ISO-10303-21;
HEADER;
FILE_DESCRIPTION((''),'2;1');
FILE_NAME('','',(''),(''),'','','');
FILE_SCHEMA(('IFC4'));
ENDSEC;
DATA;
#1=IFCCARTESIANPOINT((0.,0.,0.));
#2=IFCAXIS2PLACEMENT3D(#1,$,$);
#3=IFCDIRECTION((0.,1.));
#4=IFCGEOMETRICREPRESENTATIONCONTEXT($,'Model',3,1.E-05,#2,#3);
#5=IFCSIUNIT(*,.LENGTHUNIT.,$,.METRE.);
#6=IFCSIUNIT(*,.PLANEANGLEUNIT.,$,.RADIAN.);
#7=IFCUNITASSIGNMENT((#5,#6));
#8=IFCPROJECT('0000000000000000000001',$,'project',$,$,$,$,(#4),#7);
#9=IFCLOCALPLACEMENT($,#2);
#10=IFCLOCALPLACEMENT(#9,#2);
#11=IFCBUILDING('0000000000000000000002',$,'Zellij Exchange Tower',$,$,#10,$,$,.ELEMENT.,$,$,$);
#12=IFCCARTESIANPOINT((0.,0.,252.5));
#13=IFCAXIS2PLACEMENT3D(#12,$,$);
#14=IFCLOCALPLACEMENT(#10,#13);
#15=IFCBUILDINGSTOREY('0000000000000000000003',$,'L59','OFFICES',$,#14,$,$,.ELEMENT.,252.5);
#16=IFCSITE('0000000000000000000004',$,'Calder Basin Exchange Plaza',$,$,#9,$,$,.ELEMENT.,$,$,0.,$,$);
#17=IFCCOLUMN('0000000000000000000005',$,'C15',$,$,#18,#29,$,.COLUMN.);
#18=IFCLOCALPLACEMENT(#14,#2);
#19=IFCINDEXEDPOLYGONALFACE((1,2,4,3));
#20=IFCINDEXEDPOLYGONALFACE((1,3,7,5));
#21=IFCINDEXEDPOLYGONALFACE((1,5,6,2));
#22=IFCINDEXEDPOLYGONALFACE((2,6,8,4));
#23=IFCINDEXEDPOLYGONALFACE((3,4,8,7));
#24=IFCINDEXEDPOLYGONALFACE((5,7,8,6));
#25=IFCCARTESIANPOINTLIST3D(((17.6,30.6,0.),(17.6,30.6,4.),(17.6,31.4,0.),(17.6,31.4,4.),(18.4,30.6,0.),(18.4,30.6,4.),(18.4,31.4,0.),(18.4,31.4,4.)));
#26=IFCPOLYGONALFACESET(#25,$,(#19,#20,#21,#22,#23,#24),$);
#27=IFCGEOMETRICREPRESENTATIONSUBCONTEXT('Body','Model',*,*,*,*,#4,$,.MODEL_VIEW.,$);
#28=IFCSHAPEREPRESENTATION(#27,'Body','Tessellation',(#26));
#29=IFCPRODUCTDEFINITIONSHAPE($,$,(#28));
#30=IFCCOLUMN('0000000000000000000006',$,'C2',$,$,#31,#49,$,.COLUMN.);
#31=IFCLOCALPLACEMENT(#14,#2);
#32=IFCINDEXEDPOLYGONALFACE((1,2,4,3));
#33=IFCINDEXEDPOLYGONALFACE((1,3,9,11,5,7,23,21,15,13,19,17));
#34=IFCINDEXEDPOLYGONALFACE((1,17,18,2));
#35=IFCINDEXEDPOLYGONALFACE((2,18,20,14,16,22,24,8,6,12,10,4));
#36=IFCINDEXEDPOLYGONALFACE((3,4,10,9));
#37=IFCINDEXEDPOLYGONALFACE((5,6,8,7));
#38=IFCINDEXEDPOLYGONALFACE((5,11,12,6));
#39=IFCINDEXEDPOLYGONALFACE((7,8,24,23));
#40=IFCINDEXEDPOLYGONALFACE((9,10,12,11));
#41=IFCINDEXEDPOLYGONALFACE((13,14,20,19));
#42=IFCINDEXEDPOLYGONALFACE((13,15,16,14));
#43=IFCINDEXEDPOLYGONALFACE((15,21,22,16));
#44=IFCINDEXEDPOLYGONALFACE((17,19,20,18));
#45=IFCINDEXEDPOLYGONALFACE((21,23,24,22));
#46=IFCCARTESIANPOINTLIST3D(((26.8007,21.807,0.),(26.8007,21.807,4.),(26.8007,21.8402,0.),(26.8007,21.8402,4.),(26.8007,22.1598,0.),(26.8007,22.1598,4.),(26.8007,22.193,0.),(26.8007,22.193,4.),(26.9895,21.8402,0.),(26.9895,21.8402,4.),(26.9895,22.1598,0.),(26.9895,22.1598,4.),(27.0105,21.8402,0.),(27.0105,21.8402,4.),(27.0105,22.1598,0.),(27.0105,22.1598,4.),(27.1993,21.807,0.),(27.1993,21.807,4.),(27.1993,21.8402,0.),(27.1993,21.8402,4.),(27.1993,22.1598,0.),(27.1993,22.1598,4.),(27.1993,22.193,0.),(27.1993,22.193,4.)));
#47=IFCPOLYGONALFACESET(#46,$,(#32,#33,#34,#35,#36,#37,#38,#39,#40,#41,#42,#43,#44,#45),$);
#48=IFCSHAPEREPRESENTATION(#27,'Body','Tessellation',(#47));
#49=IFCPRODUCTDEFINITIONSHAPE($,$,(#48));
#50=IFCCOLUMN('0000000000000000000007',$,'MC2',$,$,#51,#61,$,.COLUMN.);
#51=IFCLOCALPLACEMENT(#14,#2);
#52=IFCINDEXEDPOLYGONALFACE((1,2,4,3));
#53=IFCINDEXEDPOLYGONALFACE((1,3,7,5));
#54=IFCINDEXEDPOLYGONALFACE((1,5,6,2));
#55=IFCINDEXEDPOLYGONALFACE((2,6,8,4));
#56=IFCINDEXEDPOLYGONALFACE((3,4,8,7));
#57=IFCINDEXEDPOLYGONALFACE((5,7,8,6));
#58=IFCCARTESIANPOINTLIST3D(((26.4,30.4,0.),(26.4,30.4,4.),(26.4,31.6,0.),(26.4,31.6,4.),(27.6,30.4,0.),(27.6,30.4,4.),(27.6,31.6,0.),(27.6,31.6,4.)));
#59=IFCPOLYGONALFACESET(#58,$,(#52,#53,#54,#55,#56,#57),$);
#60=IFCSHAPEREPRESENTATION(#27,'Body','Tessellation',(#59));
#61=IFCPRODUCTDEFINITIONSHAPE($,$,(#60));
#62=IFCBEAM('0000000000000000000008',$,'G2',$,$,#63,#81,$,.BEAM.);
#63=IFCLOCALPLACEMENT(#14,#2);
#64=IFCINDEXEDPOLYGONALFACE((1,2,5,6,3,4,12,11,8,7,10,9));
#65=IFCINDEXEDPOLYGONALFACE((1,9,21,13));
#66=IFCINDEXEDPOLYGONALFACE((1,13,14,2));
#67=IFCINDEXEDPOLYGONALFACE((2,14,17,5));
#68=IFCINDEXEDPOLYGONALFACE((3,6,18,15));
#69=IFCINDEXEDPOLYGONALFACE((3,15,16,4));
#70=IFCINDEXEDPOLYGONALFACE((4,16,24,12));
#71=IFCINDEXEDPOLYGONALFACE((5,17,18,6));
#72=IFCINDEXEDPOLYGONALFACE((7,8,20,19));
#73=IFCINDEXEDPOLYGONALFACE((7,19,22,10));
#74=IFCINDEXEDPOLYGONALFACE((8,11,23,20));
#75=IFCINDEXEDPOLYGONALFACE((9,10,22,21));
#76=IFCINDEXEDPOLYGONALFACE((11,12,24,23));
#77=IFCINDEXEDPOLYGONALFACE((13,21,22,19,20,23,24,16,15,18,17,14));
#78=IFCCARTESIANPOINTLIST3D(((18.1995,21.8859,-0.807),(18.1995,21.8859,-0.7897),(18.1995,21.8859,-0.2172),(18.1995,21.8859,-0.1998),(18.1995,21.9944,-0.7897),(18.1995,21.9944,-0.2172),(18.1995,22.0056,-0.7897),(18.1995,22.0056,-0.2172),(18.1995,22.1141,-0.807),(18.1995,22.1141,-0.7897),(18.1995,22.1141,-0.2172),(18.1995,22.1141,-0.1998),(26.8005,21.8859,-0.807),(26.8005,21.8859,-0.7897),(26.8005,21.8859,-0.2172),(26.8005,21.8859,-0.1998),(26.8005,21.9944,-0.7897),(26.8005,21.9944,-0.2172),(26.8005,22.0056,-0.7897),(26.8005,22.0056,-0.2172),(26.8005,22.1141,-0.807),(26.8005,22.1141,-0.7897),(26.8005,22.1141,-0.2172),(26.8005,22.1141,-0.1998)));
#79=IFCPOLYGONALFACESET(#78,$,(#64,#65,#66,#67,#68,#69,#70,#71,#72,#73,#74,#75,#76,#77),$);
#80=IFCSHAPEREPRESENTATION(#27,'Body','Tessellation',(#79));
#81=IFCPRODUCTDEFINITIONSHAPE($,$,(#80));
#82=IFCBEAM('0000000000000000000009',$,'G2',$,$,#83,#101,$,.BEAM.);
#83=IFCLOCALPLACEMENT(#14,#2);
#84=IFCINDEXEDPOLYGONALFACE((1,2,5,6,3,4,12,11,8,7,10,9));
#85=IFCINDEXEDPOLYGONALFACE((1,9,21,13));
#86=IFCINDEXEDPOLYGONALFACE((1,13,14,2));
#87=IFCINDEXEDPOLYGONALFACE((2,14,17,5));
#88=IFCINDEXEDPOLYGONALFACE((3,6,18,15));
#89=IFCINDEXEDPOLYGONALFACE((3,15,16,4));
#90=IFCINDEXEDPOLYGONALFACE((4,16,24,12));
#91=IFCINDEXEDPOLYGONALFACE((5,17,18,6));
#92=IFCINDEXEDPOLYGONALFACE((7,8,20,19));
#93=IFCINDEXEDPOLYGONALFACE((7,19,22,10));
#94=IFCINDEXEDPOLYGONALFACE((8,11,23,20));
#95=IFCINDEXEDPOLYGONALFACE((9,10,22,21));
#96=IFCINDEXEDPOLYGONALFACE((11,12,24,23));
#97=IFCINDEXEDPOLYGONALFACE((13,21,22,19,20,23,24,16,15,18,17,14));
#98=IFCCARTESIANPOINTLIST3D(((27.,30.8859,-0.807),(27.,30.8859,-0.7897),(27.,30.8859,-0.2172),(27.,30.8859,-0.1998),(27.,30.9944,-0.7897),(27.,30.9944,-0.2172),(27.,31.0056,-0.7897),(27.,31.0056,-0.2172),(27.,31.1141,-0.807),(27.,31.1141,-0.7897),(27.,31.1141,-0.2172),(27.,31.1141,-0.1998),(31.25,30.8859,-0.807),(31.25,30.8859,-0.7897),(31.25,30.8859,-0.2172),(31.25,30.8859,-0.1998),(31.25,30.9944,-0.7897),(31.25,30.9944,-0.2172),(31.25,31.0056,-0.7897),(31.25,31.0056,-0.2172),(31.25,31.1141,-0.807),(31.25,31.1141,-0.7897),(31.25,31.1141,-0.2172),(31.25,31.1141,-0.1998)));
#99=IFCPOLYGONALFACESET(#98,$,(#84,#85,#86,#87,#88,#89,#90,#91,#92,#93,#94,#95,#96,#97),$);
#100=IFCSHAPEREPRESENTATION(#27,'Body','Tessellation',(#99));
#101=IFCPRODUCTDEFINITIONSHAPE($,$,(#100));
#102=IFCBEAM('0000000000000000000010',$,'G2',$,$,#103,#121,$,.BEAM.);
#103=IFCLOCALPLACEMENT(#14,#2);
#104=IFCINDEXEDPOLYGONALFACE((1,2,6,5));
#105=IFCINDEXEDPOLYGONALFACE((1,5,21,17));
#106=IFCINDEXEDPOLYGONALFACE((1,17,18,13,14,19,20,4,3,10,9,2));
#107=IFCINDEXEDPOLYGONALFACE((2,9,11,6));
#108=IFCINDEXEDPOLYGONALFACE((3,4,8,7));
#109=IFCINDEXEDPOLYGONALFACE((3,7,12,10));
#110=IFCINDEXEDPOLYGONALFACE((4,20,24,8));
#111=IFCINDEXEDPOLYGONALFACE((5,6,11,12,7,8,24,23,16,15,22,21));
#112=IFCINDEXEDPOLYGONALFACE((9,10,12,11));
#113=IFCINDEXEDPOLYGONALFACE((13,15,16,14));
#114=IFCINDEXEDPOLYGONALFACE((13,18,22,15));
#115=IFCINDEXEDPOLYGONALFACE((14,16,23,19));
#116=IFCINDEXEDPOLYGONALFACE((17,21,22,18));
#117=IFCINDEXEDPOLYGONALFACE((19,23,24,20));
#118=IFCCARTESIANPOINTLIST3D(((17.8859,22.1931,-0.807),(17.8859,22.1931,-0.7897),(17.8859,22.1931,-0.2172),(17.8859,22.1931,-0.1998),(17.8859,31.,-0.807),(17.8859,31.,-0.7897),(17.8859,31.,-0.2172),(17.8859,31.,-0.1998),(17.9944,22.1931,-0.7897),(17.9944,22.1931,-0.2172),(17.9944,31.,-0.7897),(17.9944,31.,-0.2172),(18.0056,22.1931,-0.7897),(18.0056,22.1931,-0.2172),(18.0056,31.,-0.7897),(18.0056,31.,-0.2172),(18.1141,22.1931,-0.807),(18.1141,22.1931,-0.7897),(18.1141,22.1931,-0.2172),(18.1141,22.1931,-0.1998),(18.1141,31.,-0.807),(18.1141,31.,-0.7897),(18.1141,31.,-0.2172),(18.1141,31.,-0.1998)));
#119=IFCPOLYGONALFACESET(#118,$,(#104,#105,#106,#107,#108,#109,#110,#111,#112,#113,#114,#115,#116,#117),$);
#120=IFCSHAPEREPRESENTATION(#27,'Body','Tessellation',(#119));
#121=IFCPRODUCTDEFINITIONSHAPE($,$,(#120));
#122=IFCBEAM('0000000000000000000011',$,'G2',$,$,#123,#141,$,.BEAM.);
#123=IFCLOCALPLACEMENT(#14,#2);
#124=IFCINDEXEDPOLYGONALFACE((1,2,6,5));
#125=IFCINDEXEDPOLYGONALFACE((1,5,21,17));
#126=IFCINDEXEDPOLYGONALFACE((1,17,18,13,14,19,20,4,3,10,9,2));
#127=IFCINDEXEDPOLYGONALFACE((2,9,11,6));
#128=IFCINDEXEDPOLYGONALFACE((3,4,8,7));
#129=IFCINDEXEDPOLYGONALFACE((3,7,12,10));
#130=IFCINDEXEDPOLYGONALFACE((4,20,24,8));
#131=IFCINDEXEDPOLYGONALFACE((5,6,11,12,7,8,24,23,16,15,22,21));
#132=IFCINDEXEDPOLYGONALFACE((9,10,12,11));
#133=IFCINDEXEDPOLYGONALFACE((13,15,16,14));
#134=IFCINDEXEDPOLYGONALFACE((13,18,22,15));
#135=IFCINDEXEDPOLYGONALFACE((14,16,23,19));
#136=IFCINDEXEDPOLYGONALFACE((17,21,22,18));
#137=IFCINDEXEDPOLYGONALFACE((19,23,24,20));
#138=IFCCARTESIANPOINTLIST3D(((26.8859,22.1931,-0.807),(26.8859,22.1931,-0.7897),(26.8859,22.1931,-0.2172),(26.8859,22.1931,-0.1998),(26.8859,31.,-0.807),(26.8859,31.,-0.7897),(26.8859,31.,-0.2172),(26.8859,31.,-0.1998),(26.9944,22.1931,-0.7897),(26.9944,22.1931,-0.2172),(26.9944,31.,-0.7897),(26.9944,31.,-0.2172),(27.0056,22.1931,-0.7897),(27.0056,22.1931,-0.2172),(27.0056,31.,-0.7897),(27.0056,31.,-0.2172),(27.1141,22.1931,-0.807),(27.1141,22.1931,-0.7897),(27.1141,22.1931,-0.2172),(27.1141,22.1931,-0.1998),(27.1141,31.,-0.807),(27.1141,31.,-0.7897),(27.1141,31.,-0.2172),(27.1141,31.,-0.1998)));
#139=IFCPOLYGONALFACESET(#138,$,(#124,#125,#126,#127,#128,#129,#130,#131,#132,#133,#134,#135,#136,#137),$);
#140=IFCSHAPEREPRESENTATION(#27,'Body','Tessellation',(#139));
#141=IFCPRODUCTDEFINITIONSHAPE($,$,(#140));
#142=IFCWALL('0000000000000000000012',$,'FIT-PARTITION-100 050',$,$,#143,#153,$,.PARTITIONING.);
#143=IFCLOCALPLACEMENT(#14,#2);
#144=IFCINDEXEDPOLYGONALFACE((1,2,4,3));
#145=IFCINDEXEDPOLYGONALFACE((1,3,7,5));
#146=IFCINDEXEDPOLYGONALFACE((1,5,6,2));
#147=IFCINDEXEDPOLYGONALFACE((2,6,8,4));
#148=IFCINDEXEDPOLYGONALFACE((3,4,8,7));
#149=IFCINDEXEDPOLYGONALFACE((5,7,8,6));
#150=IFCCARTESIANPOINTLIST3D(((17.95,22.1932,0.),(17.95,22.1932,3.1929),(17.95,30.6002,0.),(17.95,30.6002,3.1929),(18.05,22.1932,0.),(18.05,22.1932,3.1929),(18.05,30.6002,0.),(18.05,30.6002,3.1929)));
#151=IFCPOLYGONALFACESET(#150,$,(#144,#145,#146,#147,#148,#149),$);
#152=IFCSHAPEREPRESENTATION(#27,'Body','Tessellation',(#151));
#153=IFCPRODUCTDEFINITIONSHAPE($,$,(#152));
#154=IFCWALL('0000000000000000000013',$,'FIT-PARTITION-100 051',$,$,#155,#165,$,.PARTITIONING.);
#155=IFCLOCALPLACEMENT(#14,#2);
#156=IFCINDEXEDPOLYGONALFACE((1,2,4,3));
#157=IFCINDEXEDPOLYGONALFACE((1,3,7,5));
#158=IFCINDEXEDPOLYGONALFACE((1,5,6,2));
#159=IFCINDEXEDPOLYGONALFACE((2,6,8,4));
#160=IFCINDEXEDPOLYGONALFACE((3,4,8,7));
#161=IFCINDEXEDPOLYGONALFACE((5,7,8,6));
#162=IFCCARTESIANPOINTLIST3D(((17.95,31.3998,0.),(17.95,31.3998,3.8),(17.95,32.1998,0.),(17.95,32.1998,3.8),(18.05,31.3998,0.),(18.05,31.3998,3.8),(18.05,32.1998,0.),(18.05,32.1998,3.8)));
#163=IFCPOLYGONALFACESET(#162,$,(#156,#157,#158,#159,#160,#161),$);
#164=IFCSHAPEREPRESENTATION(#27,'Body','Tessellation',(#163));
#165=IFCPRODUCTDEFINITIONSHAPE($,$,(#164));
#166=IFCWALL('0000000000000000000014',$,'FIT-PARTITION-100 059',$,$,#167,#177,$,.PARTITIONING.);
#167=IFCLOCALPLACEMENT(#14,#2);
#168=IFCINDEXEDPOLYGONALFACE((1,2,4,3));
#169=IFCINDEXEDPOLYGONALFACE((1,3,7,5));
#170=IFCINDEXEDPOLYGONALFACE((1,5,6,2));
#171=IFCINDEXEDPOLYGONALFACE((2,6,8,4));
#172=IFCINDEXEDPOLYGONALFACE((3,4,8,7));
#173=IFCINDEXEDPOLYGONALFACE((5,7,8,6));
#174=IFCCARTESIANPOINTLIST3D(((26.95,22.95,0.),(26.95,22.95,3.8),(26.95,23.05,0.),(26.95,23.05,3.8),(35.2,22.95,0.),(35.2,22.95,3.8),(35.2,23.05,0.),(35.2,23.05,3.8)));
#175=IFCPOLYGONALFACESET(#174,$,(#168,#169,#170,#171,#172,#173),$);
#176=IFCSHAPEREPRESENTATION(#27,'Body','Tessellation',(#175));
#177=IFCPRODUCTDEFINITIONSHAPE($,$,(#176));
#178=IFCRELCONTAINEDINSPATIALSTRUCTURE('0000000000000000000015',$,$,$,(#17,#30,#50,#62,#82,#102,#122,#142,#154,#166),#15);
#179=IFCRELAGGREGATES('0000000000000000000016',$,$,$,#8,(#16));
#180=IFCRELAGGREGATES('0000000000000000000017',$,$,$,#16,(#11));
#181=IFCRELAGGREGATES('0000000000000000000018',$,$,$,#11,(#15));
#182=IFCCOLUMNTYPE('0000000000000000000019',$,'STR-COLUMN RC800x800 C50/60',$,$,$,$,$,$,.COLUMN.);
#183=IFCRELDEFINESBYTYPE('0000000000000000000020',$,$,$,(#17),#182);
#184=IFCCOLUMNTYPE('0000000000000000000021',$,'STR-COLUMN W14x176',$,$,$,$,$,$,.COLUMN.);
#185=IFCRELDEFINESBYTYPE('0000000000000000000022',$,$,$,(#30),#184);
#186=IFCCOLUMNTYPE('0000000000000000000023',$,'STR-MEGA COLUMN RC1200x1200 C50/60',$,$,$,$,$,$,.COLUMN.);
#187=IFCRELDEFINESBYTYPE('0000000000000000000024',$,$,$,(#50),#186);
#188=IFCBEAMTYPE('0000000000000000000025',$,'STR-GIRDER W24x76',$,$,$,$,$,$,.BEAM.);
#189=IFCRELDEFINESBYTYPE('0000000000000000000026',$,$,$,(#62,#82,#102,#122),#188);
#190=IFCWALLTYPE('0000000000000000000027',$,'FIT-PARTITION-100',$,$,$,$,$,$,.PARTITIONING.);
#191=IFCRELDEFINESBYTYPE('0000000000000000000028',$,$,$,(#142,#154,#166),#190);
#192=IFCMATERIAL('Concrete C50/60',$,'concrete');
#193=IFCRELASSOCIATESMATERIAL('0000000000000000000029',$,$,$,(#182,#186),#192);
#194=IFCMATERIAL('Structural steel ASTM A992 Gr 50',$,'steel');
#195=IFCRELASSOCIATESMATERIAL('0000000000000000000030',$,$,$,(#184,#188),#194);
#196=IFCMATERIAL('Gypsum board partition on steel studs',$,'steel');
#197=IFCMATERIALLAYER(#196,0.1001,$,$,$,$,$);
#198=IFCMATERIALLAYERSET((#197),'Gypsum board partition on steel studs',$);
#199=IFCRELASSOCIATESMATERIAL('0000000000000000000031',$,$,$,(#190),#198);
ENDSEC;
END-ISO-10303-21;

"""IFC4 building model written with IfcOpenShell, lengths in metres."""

from ifc_helpers import new_model, si_unit, direction, frame, frame_2d, origin, origin_2d, place, context, subcontext, project, spatial, rectangle, i_section, extrude, material, layer, layer_set, material_profile, profile_set, type_object, element, save


model = new_model("IFC4")

# Units and contexts
model_context = context("Model", 3, precision=1e-05, world=origin(), true_north=direction((0.0, 1.0)))
body_context = subcontext(model_context, "Body", "Model", "MODEL_VIEW")
ifc_project = project(units=[si_unit("LENGTHUNIT", "METRE"), si_unit("PLANEANGLEUNIT", "RADIAN")], contexts=[model_context])

# Site, building, storey
site_placement = place(None, origin())
site = spatial("IfcSite", under=ifc_project, at=site_placement, Name="Calder Basin Exchange Plaza", CompositionType="ELEMENT", RefElevation=0.0)
building_placement = place(site_placement, origin())
building = spatial("IfcBuilding", under=site, at=building_placement, Name="Zellij Exchange Tower", CompositionType="ELEMENT")
storey_placement = place(building_placement, frame((0.0, 0.0, 252.5)))
storey = spatial("IfcBuildingStorey", under=building, at=storey_placement, Name="L59", Description="OFFICES", CompositionType="ELEMENT", Elevation=252.5)

# Columns
ifc_material_1 = material(Name="Concrete C50/60", Category="concrete")
ifc_material_profile_1 = material_profile(ifc_material_1, rectangle(XDim=0.8, YDim=0.8, at=origin_2d()), Name="STR-COLUMN RC800x800 C50/60")
ifc_profile_set_1 = profile_set([ifc_material_profile_1], Name="Concrete C50/60")
column_type_1 = type_object("IfcColumnType", Name="STR-COLUMN RC800x800 C50/60", PredefinedType="COLUMN", material=ifc_profile_set_1)
column_1_placement = place(storey_placement, frame((18.0, 31.0, 0.0), z_axis=(0.0, 0.0, 1.0), x_axis=(1.0, 0.0, 0.0)))
element("IfcColumn", 1, at=column_1_placement, inside=storey, type_object=column_type_1, Name="C15", PredefinedType="COLUMN", context=body_context, shape_type="SweptSolid", body=[
    extrude(rectangle(XDim=0.8, YDim=0.8, at=origin_2d()), origin(), (0.0, 0.0, 1.0), 4.0),
])
ifc_material_2 = material(Name="Structural steel ASTM A992 Gr 50", Category="steel")
ifc_material_profile_2 = material_profile(ifc_material_2, i_section(OverallWidth=0.3987, OverallDepth=0.386, WebThickness=0.021, FlangeThickness=0.0332, at=origin_2d()), Name="W14x176")
ifc_profile_set_2 = profile_set([ifc_material_profile_2], Name="Structural steel ASTM A992 Gr 50")
column_type_2 = type_object("IfcColumnType", Name="STR-COLUMN W14x176", PredefinedType="COLUMN", material=ifc_profile_set_2)
column_2_placement = place(storey_placement, frame((27.0, 22.0, 0.0), z_axis=(0.0, 0.0, 1.0), x_axis=(1.0, 0.0, 0.0)))
element("IfcColumn", 2, at=column_2_placement, inside=storey, type_object=column_type_2, Name="C2", PredefinedType="COLUMN", context=body_context, shape_type="SweptSolid", body=[
    extrude(i_section(OverallWidth=0.3987, OverallDepth=0.386, WebThickness=0.021, FlangeThickness=0.0332, at=origin_2d()), origin(), (0.0, 0.0, 1.0), 4.0),
])
ifc_material_profile_3 = material_profile(ifc_material_1, rectangle(XDim=1.2, YDim=1.2, at=origin_2d()), Name="STR-MEGA COLUMN RC1200x1200 C50/60")
ifc_profile_set_3 = profile_set([ifc_material_profile_3], Name="Concrete C50/60")
column_type_3 = type_object("IfcColumnType", Name="STR-MEGA COLUMN RC1200x1200 C50/60", PredefinedType="COLUMN", material=ifc_profile_set_3)
column_3_placement = place(storey_placement, frame((27.0, 31.0, 0.0), z_axis=(0.0, 0.0, 1.0), x_axis=(1.0, 0.0, 0.0)))
element("IfcColumn", 3, at=column_3_placement, inside=storey, type_object=column_type_3, Name="MC2", PredefinedType="COLUMN", context=body_context, shape_type="SweptSolid", body=[
    extrude(rectangle(XDim=1.2, YDim=1.2, at=origin_2d()), origin(), (0.0, 0.0, 1.0), 4.0),
])

# Beams
ifc_material_profile_4 = material_profile(ifc_material_2, i_section(OverallWidth=0.2283, OverallDepth=0.6072, WebThickness=0.0112, FlangeThickness=0.0173, at=origin_2d()), Name="W24x76")
ifc_profile_set_4 = profile_set([ifc_material_profile_4], Name="Structural steel ASTM A992 Gr 50")
beam_type = type_object("IfcBeamType", Name="STR-GIRDER W24x76", PredefinedType="BEAM", material=ifc_profile_set_4)
beam_1_placement = place(storey_placement, frame((18.1995, 22.0, -0.5034), z_axis=(1.0, 0.0, 0.0), x_axis=(0.0, 1.0, 0.0)))
element("IfcBeam", 4, at=beam_1_placement, inside=storey, type_object=beam_type, Name="G2", PredefinedType="BEAM", context=body_context, shape_type="SweptSolid", body=[
    extrude(i_section(OverallWidth=0.2283, OverallDepth=0.6072, WebThickness=0.0112, FlangeThickness=0.0173, at=origin_2d()), origin(), (0.0, 0.0, 1.0), 8.6011),
])
beam_2_placement = place(storey_placement, frame((27.0, 31.0, -0.5034), z_axis=(1.0, 0.0, 0.0), x_axis=(0.0, 1.0, 0.0)))
element("IfcBeam", 5, at=beam_2_placement, inside=storey, type_object=beam_type, Name="G2", PredefinedType="BEAM", context=body_context, shape_type="SweptSolid", body=[
    extrude(i_section(OverallWidth=0.2283, OverallDepth=0.6072, WebThickness=0.0112, FlangeThickness=0.0173, at=origin_2d()), origin(), (0.0, 0.0, 1.0), 4.25),
])
for number, where, z_axis, x_axis, name in (
    (6, (18.0, 22.1931, -0.5034), (0.0, 1.0, 0.0), (-1.0, 0.0, 0.0), "G2"),
    (7, (27.0, 22.1931, -0.5034), (0.0, 1.0, 0.0), (-1.0, 0.0, 0.0), "G2"),
):
    element("IfcBeam", number, at=place(storey_placement, frame(where, z_axis=z_axis, x_axis=x_axis)), inside=storey, type_object=beam_type, Name=name, PredefinedType="BEAM", context=body_context, shape_type="SweptSolid", body=[
        extrude(i_section(OverallWidth=0.2283, OverallDepth=0.6072, WebThickness=0.0112, FlangeThickness=0.0173, at=origin_2d()), origin(), (0.0, 0.0, 1.0), 8.8069),
    ])

# Walls
ifc_material_3 = material(Name="Gypsum board partition on steel studs", Category="steel")
ifc_layer = layer(ifc_material_3, 0.1001)
ifc_layer_set = layer_set([ifc_layer], Name="Gypsum board partition on steel studs")
wall_type = type_object("IfcWallType", Name="FIT-PARTITION-100", PredefinedType="PARTITIONING", material=ifc_layer_set)
wall_1_placement = place(storey_placement, frame((18.0, 22.1931, 0.0), z_axis=(0.0, 0.0, 1.0), x_axis=(0.0, 1.0, 0.0)))
element("IfcWall", 8, at=wall_1_placement, inside=storey, type_object=wall_type, Name="FIT-PARTITION-100 050", PredefinedType="PARTITIONING", context=body_context, shape_type="SweptSolid", body=[
    extrude(rectangle(XDim=8.407, YDim=0.1001, at=frame_2d((4.2036, 0.0))), origin(), (0.0, 0.0, 1.0), 3.1929),
])
wall_2_placement = place(storey_placement, frame((18.0, 31.3999, 0.0), z_axis=(0.0, 0.0, 1.0), x_axis=(0.0, 1.0, 0.0)))
element("IfcWall", 9, at=wall_2_placement, inside=storey, type_object=wall_type, Name="FIT-PARTITION-100 051", PredefinedType="PARTITIONING", context=body_context, shape_type="SweptSolid", body=[
    extrude(rectangle(XDim=0.8, YDim=0.1001, at=frame_2d((0.3999, 0.0))), origin(), (0.0, 0.0, 1.0), 3.8),
])
wall_3_placement = place(storey_placement, frame((26.95, 23.0, 0.0), z_axis=(0.0, 0.0, 1.0), x_axis=(1.0, 0.0, 0.0)))
element("IfcWall", 10, at=wall_3_placement, inside=storey, type_object=wall_type, Name="FIT-PARTITION-100 059", PredefinedType="PARTITIONING", context=body_context, shape_type="SweptSolid", body=[
    extrude(rectangle(XDim=8.25, YDim=0.1001, at=frame_2d((4.125, 0.0))), origin(), (0.0, 0.0, 1.0), 3.8),
])

save(model, "model.ifc")
